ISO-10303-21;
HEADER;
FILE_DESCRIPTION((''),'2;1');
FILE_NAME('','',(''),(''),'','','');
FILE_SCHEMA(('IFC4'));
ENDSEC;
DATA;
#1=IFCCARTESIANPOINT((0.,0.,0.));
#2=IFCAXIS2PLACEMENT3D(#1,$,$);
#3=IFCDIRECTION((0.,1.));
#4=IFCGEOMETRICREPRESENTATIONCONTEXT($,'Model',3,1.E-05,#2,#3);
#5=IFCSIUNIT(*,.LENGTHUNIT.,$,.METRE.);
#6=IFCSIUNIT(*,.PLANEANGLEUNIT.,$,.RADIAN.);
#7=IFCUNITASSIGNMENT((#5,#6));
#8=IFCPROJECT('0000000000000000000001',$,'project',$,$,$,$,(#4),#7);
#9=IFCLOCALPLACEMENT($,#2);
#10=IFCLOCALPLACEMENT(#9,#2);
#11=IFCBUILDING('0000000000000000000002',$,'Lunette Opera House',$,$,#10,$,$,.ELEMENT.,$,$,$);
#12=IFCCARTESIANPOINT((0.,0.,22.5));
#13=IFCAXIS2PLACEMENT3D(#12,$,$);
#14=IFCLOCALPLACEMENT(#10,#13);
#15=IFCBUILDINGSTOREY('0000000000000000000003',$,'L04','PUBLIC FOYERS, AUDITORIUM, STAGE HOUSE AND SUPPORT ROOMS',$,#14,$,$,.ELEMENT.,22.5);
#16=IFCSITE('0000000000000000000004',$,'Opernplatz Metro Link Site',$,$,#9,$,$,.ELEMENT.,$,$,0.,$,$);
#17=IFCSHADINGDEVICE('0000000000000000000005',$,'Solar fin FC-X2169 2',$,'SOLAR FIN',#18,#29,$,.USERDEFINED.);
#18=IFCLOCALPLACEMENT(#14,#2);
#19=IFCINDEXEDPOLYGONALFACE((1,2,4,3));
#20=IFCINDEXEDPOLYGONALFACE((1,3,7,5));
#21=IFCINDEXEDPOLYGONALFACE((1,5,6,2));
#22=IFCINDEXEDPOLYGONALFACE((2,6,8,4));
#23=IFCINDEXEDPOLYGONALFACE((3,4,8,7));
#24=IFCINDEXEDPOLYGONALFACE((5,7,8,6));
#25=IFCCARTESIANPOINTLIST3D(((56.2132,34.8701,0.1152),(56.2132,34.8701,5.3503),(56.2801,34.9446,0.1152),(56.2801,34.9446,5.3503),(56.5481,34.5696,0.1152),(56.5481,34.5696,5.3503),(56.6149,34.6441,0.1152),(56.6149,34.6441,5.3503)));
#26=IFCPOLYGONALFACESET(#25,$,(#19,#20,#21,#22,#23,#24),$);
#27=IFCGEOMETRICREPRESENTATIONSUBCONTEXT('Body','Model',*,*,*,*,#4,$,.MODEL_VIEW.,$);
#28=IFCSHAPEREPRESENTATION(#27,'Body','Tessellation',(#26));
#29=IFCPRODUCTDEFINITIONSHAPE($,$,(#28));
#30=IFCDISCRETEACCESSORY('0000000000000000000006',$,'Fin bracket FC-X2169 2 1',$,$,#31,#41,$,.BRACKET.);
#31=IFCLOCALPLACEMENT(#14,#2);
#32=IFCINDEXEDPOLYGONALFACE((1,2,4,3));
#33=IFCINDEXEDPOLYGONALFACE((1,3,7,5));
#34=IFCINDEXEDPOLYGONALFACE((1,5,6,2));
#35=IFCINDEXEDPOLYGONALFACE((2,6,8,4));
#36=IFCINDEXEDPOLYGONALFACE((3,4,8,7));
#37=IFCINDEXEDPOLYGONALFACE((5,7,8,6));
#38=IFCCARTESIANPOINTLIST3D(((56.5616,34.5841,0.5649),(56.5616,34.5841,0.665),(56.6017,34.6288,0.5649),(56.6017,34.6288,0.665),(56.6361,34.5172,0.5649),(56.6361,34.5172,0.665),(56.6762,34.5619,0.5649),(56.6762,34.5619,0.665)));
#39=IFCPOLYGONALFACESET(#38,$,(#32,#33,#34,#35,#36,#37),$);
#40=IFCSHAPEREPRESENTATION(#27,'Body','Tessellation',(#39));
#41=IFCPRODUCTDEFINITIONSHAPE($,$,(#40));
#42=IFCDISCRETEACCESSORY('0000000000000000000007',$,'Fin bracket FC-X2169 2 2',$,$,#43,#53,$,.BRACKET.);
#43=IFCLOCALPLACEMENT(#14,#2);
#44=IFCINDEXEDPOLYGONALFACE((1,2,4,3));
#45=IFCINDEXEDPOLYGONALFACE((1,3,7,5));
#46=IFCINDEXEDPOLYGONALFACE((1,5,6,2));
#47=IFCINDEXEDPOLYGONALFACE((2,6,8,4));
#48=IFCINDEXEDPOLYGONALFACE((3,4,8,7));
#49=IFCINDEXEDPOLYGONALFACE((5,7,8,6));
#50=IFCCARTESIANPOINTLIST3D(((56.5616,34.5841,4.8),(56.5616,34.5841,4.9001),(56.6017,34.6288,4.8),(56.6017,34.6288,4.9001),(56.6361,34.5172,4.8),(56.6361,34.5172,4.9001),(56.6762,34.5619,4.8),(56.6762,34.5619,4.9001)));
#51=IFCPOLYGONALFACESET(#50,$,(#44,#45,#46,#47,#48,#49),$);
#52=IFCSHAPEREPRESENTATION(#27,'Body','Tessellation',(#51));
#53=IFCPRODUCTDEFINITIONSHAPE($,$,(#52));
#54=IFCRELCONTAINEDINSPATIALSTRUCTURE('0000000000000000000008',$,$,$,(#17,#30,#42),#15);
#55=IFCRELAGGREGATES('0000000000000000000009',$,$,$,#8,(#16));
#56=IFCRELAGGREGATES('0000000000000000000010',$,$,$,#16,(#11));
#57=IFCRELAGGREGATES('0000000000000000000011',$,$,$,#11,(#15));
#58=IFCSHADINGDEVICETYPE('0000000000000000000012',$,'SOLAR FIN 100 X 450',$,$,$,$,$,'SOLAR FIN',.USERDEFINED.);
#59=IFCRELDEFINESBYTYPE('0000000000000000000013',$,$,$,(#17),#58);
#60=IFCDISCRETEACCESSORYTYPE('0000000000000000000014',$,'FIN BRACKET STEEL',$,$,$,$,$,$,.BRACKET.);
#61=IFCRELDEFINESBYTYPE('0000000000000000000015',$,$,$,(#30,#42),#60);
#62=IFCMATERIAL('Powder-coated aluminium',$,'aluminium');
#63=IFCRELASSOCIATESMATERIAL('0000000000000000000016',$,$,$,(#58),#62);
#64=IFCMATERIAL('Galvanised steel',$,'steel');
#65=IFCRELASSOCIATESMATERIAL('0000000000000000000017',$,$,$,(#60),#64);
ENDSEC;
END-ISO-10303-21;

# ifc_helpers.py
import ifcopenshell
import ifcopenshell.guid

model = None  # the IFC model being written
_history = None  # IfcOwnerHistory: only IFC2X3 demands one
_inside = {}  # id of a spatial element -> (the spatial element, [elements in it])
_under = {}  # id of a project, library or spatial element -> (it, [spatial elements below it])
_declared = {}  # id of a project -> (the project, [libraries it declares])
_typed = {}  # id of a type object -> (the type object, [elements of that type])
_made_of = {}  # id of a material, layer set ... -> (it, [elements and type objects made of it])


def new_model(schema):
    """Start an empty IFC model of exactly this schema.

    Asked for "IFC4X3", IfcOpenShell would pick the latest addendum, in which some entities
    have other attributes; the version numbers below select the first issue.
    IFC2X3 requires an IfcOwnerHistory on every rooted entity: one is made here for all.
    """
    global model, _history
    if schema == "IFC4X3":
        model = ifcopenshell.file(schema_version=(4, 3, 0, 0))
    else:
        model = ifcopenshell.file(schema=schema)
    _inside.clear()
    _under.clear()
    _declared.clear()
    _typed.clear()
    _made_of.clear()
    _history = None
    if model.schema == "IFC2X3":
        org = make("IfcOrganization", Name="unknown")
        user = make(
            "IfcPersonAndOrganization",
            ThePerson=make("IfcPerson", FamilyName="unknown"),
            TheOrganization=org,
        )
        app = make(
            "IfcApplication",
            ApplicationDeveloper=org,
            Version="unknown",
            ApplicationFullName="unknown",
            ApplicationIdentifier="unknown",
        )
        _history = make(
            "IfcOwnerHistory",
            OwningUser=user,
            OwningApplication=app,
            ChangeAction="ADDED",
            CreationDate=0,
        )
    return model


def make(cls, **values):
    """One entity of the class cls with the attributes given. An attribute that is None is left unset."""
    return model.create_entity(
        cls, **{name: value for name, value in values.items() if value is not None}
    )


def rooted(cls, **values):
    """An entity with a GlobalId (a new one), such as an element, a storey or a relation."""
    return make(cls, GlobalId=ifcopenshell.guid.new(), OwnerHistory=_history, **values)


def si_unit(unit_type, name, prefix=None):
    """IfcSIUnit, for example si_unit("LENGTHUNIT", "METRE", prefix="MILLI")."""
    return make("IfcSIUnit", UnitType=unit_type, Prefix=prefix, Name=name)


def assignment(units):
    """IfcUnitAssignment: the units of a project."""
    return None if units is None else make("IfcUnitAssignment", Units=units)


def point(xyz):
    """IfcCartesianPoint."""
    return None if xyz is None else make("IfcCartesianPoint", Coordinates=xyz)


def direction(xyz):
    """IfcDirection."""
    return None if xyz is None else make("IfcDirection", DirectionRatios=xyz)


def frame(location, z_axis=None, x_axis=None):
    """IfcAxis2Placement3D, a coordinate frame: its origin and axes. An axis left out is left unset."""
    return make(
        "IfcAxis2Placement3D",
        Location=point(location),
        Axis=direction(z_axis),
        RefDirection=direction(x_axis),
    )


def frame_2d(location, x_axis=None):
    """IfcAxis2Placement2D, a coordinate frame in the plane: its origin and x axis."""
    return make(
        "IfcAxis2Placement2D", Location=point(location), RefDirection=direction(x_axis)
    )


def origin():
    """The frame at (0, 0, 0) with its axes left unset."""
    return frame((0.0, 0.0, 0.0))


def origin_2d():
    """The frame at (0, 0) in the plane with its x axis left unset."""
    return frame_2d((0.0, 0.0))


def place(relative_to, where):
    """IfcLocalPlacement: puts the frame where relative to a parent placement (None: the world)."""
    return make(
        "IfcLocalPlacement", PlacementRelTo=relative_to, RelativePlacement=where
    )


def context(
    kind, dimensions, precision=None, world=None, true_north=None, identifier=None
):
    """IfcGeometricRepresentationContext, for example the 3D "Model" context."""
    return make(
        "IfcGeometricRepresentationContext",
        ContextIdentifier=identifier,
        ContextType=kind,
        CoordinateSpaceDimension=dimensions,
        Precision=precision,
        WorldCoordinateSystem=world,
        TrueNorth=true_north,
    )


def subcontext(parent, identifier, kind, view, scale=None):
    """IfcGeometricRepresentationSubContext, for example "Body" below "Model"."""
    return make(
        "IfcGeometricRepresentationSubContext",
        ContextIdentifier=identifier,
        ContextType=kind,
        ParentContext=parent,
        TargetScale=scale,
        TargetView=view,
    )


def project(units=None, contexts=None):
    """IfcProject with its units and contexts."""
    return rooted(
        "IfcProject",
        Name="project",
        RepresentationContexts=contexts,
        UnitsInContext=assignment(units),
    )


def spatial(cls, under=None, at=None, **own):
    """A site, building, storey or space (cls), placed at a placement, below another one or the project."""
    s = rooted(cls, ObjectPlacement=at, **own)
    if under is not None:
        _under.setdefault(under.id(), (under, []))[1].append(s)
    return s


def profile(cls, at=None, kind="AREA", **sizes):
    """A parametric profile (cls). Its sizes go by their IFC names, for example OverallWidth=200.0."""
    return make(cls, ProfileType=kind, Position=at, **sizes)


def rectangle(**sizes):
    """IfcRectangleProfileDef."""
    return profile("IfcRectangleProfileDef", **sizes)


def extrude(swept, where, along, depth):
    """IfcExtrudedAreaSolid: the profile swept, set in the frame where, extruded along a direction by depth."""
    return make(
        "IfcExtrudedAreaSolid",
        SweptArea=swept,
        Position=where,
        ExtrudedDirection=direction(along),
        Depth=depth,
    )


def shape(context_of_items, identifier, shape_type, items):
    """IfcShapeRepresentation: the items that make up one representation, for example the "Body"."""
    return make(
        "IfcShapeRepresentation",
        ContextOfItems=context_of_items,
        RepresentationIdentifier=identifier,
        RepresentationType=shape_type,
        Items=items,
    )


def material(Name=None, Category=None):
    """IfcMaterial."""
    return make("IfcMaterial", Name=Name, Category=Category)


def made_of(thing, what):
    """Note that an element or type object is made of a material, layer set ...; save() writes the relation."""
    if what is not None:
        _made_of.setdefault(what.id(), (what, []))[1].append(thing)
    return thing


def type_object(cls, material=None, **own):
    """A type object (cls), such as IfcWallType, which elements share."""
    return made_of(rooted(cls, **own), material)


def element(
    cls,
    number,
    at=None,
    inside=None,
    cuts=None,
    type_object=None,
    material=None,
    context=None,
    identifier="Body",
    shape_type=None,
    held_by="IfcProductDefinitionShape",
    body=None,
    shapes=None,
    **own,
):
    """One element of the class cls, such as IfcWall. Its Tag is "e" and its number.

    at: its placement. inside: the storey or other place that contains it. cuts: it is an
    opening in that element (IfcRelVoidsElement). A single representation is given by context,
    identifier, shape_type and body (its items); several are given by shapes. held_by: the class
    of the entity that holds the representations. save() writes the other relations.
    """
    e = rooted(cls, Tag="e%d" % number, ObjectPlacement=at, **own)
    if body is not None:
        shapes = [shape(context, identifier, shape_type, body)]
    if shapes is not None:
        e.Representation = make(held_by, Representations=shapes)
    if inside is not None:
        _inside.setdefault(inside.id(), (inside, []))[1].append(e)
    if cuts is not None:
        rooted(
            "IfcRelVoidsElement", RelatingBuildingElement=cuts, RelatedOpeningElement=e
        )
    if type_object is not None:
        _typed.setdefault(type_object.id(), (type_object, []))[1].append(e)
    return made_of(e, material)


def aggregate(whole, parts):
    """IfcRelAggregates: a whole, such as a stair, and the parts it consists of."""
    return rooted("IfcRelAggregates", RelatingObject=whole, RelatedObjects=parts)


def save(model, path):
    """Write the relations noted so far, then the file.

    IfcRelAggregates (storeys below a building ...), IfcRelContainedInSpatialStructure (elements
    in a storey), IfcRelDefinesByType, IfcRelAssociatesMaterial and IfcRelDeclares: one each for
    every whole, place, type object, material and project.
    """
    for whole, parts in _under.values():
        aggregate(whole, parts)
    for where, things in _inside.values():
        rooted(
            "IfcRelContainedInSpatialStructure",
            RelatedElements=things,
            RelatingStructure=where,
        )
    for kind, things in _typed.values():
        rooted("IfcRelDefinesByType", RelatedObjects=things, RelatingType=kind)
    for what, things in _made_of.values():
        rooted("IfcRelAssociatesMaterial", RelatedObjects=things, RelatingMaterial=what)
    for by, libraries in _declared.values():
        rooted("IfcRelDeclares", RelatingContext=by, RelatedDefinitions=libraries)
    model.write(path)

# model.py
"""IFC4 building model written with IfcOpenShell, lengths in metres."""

from ifc_helpers import new_model, si_unit, direction, frame, origin, origin_2d, place, context, subcontext, project, spatial, rectangle, extrude, material, type_object, element, save


model = new_model("IFC4")

# Units and contexts
model_context = context("Model", 3, precision=1e-05, world=origin(), true_north=direction((0.0, 1.0)))
body_context = subcontext(model_context, "Body", "Model", "MODEL_VIEW")
ifc_project = project(units=[si_unit("LENGTHUNIT", "METRE"), si_unit("PLANEANGLEUNIT", "RADIAN")], contexts=[model_context])

# Site, building, storey
site_placement = place(None, origin())
site = spatial("IfcSite", under=ifc_project, at=site_placement, Name="Opernplatz Metro Link Site", CompositionType="ELEMENT", RefElevation=0.0)
building_placement = place(site_placement, origin())
building = spatial("IfcBuilding", under=site, at=building_placement, Name="Lunette Opera House", CompositionType="ELEMENT")
storey_placement = place(building_placement, frame((0.0, 0.0, 22.5)))
storey = spatial("IfcBuildingStorey", under=building, at=storey_placement, Name="L04", Description="PUBLIC FOYERS, AUDITORIUM, STAGE HOUSE AND SUPPORT ROOMS", CompositionType="ELEMENT", Elevation=22.5)

# Shading device
ifc_material_1 = material(Name="Powder-coated aluminium", Category="aluminium")
shading_device_type = type_object("IfcShadingDeviceType", Name="SOLAR FIN 100 X 450", ElementType="SOLAR FIN", PredefinedType="USERDEFINED", material=ifc_material_1)
shading_device_placement = place(storey_placement, frame((56.4141, 34.7571, 0.1152), z_axis=(0.0, 0.0, 1.0), x_axis=(-0.744217, 0.667938, 0.0)))
element("IfcShadingDevice", 1, at=shading_device_placement, inside=storey, type_object=shading_device_type, Name="Solar fin FC-X2169 2", ObjectType="SOLAR FIN", PredefinedType="USERDEFINED", context=body_context, shape_type="SweptSolid", body=[
    extrude(rectangle(XDim=0.45, YDim=0.1001, at=origin_2d()), origin(), (0.0, 0.0, 1.0), 5.2351),
])

# Discrete accessories
ifc_material_2 = material(Name="Galvanised steel", Category="steel")
discrete_accessory_type = type_object("IfcDiscreteAccessoryType", Name="FIN BRACKET STEEL", PredefinedType="BRACKET", material=ifc_material_2)
for number, where, z_axis, x_axis, name in (
    (2, (56.6189, 34.573, 0.5649), (0.0, 0.0, 1.0), (-0.744217, 0.667938, 0.0), "Fin bracket FC-X2169 2 1"),
    (3, (56.6189, 34.573, 4.8), (0.0, 0.0, 1.0), (-0.744217, 0.667938, 0.0), "Fin bracket FC-X2169 2 2"),
):
    element("IfcDiscreteAccessory", number, at=place(storey_placement, frame(where, z_axis=z_axis, x_axis=x_axis)), inside=storey, type_object=discrete_accessory_type, Name=name, PredefinedType="BRACKET", context=body_context, shape_type="SweptSolid", body=[
        extrude(rectangle(XDim=0.1001, YDim=0.0601, at=origin_2d()), origin(), (0.0, 0.0, 1.0), 0.1001),
    ])

save(model, "model.ifc")
